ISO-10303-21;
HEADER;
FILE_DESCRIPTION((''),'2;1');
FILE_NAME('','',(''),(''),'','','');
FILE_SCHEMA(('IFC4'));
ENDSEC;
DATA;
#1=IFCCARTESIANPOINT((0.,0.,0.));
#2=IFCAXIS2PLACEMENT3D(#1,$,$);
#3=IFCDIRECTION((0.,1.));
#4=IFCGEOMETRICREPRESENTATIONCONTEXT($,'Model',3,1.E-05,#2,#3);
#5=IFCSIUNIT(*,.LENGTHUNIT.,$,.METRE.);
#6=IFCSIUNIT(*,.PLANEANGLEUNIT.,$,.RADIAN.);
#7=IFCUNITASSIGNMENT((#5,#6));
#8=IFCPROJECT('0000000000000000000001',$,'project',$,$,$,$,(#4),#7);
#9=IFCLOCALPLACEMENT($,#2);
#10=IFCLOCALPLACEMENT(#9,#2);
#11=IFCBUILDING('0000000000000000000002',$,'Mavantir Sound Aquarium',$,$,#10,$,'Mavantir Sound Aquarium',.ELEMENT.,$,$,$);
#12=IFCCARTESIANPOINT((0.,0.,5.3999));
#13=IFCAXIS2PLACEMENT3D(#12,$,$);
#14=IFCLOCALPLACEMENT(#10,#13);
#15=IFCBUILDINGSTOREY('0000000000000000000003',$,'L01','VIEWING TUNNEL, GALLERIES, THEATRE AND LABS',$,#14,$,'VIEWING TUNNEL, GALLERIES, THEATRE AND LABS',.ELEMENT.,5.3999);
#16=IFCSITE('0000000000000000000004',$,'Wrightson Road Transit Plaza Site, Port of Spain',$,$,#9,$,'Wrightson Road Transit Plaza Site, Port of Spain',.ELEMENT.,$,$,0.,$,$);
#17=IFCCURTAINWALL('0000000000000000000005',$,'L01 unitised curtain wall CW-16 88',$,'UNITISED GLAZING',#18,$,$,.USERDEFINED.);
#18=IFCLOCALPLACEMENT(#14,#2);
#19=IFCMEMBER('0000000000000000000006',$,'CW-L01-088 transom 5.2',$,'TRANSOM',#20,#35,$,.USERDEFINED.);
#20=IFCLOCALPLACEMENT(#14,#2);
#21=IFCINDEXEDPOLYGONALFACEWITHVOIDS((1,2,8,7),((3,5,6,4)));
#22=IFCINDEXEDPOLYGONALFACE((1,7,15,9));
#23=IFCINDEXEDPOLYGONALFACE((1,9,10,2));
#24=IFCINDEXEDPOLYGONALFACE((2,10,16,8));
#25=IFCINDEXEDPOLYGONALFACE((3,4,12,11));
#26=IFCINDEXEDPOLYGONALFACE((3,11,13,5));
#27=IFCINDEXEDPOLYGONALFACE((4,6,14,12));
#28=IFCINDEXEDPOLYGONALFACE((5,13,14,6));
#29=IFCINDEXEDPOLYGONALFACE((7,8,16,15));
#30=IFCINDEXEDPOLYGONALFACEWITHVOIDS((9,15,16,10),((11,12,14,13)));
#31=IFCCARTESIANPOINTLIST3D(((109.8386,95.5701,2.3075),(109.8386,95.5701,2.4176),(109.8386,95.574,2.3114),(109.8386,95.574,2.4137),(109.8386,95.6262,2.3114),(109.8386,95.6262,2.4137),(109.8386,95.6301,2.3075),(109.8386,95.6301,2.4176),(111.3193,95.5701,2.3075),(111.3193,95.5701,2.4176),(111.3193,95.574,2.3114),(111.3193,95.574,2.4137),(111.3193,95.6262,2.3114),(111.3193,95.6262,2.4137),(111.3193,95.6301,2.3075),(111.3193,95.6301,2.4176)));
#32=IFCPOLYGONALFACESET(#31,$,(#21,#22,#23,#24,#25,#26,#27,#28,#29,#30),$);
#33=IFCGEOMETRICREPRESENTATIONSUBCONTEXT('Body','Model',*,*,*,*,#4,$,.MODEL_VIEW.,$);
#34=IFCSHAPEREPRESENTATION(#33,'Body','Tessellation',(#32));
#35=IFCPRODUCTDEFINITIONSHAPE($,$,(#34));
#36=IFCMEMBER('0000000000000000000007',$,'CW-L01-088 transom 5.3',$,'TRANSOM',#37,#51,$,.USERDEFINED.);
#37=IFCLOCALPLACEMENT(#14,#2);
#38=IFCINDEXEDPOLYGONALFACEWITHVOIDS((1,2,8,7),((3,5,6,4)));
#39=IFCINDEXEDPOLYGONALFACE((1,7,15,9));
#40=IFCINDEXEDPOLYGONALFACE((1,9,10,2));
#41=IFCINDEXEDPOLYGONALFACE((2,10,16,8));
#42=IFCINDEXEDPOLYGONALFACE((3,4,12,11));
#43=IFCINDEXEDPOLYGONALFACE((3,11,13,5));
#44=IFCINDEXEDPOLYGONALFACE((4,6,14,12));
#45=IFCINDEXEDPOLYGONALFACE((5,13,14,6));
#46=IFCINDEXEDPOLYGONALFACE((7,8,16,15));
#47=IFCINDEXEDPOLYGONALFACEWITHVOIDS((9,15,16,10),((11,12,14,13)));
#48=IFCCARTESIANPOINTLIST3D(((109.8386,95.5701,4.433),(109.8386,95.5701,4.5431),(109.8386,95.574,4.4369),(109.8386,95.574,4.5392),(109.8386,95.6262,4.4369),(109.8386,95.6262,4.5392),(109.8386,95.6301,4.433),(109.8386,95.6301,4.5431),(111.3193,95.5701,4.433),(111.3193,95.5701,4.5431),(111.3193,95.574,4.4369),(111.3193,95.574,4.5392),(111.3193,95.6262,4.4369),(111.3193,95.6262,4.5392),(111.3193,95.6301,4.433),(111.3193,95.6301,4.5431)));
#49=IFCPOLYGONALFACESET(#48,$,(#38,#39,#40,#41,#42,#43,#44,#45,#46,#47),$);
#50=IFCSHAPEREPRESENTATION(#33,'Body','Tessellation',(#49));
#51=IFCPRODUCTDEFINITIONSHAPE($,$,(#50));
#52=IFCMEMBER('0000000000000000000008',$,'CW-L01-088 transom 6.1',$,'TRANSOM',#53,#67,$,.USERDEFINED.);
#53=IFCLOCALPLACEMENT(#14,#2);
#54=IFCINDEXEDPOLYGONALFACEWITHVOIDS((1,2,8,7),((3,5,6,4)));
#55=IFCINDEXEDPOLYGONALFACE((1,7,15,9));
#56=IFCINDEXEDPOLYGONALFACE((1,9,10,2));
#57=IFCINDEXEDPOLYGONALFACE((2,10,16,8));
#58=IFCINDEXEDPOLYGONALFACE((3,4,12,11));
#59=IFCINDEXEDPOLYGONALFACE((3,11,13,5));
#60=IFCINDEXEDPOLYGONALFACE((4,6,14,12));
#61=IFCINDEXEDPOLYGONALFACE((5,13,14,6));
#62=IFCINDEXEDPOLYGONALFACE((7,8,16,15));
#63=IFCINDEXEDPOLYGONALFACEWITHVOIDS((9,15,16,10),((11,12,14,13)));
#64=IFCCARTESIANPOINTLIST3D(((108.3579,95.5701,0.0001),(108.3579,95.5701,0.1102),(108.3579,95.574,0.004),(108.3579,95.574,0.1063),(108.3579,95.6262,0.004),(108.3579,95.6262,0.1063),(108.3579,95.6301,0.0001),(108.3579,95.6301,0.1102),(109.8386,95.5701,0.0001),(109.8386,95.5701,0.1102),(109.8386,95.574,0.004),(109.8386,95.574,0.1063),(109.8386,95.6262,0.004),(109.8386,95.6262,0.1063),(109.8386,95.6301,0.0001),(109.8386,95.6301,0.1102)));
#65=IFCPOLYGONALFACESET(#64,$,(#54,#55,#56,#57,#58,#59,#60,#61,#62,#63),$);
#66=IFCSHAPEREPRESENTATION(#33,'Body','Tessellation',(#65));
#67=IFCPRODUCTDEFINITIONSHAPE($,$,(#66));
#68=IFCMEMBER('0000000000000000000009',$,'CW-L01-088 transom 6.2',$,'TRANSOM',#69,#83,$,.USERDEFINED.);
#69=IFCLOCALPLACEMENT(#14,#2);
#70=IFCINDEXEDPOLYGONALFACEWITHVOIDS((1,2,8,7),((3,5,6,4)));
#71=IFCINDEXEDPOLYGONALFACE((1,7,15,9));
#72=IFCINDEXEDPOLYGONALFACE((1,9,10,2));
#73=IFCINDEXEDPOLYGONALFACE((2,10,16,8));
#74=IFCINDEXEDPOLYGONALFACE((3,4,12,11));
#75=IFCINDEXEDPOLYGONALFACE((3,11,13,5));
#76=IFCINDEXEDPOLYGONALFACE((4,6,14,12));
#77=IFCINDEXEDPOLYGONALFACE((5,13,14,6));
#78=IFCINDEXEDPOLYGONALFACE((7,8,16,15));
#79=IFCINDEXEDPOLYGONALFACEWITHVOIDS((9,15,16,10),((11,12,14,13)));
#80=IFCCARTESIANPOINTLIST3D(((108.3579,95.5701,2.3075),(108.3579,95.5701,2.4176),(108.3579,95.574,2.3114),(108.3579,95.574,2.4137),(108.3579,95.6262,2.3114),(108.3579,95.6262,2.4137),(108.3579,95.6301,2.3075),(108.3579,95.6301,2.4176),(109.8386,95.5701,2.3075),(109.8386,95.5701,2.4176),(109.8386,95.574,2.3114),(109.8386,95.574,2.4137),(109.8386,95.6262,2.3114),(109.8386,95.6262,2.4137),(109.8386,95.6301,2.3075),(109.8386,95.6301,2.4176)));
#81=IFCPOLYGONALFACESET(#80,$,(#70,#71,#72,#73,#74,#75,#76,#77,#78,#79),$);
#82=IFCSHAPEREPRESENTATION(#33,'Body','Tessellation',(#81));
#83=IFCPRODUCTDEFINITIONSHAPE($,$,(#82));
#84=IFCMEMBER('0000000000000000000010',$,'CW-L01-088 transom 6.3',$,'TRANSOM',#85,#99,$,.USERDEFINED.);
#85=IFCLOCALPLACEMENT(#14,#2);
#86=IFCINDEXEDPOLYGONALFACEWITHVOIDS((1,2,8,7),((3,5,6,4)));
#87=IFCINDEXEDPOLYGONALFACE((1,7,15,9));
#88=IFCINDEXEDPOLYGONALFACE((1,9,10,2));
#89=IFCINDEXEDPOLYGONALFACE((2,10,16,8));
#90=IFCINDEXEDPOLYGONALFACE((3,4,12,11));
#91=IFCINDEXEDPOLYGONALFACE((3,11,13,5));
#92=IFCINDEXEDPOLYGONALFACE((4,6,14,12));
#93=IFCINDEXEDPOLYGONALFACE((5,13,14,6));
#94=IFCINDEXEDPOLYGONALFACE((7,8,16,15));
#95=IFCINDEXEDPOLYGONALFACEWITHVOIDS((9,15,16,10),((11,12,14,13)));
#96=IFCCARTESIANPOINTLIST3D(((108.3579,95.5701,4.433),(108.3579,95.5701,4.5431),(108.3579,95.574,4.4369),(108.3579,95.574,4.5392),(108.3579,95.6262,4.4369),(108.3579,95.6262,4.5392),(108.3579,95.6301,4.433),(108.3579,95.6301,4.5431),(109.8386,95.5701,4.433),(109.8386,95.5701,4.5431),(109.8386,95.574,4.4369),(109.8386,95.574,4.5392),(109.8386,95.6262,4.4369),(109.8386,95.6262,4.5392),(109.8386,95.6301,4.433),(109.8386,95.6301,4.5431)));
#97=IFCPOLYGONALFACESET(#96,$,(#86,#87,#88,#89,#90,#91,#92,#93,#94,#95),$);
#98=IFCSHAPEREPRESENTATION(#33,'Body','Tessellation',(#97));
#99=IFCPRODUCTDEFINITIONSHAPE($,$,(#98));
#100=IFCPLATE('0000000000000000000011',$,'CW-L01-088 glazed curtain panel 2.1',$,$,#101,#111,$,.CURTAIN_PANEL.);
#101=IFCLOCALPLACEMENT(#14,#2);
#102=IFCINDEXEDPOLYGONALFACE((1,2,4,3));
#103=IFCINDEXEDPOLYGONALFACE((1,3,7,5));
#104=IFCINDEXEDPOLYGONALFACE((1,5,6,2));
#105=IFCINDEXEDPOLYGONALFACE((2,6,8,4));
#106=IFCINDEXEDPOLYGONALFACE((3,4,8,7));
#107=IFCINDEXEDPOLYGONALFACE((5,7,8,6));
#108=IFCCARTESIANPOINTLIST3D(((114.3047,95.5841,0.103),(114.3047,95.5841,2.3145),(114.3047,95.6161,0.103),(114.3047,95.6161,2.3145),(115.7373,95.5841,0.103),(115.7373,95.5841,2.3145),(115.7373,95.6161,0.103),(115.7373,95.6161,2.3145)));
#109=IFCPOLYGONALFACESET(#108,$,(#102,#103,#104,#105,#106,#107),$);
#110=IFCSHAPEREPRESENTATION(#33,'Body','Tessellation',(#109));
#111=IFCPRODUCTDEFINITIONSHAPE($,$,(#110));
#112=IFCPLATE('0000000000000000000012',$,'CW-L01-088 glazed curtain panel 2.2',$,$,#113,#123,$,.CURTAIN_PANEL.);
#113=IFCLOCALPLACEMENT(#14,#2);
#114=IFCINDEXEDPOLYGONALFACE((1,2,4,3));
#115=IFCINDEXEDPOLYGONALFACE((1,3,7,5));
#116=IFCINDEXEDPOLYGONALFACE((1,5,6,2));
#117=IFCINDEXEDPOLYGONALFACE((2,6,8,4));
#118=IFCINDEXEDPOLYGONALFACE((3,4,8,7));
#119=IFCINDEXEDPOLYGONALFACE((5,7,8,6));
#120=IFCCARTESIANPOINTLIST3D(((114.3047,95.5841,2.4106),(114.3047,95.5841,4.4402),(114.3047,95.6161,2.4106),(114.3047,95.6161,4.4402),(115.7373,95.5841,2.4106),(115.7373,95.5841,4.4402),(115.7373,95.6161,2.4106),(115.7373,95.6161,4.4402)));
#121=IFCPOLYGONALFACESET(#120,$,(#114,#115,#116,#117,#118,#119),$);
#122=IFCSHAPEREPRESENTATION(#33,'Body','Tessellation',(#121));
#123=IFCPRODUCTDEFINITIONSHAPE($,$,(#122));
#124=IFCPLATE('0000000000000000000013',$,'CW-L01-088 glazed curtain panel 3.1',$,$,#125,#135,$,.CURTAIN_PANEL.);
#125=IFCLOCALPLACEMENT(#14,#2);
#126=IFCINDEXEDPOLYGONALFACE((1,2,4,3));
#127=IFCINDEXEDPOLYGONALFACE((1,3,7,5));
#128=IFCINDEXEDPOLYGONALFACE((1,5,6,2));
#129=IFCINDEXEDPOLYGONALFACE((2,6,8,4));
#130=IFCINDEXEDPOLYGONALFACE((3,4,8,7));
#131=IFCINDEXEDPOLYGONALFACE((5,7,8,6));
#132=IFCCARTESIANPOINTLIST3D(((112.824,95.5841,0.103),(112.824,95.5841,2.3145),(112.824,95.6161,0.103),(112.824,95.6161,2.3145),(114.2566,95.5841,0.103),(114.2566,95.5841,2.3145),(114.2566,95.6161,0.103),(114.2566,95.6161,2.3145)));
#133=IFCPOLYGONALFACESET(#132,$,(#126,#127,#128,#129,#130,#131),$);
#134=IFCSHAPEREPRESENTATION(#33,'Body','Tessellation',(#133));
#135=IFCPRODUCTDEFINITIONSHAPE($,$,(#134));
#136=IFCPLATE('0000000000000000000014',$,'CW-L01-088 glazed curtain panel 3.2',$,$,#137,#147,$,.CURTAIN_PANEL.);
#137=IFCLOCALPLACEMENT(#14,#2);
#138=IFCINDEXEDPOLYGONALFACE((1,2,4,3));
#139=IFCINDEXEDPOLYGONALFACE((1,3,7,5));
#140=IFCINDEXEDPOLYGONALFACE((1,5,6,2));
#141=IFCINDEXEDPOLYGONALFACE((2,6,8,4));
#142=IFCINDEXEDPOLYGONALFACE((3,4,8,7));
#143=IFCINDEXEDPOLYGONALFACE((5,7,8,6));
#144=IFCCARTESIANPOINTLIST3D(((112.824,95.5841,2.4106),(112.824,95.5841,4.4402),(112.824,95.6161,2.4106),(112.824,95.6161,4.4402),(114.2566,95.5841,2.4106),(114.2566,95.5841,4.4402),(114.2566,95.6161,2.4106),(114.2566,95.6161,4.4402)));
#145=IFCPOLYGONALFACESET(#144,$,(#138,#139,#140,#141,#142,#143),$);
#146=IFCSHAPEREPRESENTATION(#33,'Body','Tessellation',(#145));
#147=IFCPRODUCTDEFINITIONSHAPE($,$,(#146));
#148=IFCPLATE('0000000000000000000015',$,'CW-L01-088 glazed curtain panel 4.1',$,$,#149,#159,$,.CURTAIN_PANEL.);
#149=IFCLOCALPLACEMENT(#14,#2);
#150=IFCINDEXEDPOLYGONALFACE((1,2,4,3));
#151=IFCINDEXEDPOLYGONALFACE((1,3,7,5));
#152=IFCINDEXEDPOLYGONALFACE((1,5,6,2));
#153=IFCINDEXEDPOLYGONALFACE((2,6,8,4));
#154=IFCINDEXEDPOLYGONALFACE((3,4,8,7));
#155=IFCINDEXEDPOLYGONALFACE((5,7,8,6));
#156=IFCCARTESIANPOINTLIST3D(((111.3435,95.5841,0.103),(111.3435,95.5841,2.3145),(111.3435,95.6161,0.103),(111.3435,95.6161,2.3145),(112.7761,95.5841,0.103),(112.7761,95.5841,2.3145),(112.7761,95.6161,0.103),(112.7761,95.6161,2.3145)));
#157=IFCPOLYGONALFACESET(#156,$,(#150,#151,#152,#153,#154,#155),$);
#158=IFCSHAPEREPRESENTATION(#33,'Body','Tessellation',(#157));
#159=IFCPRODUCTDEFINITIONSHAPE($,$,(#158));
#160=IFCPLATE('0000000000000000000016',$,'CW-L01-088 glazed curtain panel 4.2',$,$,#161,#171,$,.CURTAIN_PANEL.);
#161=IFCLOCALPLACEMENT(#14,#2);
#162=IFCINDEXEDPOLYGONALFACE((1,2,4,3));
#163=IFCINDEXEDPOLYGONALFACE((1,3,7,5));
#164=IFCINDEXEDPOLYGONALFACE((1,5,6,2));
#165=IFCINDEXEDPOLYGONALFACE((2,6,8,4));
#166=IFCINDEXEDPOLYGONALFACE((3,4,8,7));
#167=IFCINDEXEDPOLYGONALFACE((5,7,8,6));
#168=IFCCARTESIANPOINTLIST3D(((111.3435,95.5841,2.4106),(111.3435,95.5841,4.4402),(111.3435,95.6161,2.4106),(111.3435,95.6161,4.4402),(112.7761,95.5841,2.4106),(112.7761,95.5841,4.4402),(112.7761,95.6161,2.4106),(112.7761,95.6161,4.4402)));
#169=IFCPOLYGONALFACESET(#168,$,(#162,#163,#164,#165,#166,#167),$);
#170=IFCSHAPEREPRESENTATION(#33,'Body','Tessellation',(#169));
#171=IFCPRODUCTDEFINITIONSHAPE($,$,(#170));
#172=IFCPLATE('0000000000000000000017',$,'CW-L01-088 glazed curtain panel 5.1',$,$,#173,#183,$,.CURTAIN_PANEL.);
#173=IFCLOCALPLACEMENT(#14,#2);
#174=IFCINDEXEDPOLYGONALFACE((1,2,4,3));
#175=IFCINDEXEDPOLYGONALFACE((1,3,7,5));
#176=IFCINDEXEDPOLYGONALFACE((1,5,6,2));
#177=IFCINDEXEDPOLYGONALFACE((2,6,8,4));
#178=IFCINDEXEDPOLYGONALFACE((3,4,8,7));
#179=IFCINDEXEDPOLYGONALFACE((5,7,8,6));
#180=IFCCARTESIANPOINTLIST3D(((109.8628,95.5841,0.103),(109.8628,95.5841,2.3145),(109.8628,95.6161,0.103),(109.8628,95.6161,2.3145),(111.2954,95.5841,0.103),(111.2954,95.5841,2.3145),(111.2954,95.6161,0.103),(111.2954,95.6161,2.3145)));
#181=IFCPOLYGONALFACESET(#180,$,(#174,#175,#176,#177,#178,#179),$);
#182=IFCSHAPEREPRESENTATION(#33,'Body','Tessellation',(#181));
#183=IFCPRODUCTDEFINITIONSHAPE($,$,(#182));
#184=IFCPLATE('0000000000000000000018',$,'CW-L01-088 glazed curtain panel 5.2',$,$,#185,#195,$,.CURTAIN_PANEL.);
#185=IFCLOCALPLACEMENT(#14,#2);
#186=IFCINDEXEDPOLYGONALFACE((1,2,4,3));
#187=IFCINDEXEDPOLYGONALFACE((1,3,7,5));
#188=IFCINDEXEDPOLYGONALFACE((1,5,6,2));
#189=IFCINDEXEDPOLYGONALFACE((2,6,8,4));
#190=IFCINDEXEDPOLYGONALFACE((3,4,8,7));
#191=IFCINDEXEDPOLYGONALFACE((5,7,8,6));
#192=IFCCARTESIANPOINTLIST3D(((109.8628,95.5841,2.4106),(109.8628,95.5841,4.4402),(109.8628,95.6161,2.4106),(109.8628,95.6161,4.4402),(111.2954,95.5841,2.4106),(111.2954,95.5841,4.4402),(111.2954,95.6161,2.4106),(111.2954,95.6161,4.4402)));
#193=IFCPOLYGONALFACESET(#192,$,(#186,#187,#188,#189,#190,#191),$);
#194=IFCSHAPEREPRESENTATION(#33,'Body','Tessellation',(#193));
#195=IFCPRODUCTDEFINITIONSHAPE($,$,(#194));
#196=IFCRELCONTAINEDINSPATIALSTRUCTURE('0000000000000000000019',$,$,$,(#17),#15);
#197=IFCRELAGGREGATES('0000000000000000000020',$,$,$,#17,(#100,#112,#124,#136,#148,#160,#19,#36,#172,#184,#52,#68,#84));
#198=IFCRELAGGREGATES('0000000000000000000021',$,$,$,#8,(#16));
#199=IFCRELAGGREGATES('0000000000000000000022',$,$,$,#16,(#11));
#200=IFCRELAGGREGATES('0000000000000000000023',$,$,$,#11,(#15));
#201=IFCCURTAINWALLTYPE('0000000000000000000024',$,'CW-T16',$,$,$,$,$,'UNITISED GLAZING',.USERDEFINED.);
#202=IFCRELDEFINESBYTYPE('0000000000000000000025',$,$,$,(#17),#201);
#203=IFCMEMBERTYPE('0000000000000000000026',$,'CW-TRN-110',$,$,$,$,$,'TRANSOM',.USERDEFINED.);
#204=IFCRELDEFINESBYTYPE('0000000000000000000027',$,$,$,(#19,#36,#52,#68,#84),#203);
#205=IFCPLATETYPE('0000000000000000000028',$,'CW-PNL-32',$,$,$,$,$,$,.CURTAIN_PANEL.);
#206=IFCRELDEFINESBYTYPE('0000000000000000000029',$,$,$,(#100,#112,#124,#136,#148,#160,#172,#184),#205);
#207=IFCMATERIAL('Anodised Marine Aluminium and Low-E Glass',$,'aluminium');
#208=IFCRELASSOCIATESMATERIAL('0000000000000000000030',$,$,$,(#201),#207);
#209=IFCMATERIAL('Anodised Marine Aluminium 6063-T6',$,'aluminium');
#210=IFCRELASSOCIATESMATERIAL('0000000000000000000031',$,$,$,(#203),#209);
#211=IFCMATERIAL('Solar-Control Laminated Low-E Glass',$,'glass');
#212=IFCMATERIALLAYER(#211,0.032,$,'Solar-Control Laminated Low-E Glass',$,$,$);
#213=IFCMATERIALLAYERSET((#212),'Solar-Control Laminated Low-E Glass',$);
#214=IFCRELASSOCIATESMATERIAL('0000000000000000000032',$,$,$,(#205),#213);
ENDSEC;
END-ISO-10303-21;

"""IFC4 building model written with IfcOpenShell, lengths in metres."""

from ifc_helpers import new_model, si_unit, direction, frame, origin, origin_2d, place, context, subcontext, project, spatial, rectangle, hollow_rectangle, extrude, material, layer, layer_set, material_profile, profile_set, type_object, element, aggregate, save


model = new_model("IFC4")

# Units and contexts
model_context = context("Model", 3, precision=1e-05, world=origin(), true_north=direction((0.0, 1.0)))
body_context = subcontext(model_context, "Body", "Model", "MODEL_VIEW")
ifc_project = project(units=[si_unit("LENGTHUNIT", "METRE"), si_unit("PLANEANGLEUNIT", "RADIAN")], contexts=[model_context])

# Site, building, storey
site_placement = place(None, origin())
site = spatial("IfcSite", under=ifc_project, at=site_placement, Name="Wrightson Road Transit Plaza Site, Port of Spain", LongName="Wrightson Road Transit Plaza Site, Port of Spain", CompositionType="ELEMENT", RefElevation=0.0)
building_placement = place(site_placement, origin())
building = spatial("IfcBuilding", under=site, at=building_placement, Name="Mavantir Sound Aquarium", LongName="Mavantir Sound Aquarium", CompositionType="ELEMENT")
storey_placement = place(building_placement, frame((0.0, 0.0, 5.3999)))
storey = spatial("IfcBuildingStorey", under=building, at=storey_placement, Name="L01", Description="VIEWING TUNNEL, GALLERIES, THEATRE AND LABS", LongName="VIEWING TUNNEL, GALLERIES, THEATRE AND LABS", CompositionType="ELEMENT", Elevation=5.3999)

# Curtain wall, members, plates
ifc_material_1 = material(Name="Anodised Marine Aluminium and Low-E Glass", Category="aluminium")
curtain_wall_type = type_object("IfcCurtainWallType", Name="CW-T16", ElementType="UNITISED GLAZING", PredefinedType="USERDEFINED", material=ifc_material_1)
curtain_wall_placement = place(storey_placement, origin())
curtain_wall = element("IfcCurtainWall", 1, at=curtain_wall_placement, inside=storey, type_object=curtain_wall_type, Name="L01 unitised curtain wall CW-16 88", ObjectType="UNITISED GLAZING", PredefinedType="USERDEFINED")
ifc_material_2 = material(Name="Anodised Marine Aluminium 6063-T6", Category="aluminium")
ifc_material_profile_1 = material_profile(ifc_material_2, hollow_rectangle(XDim=0.0601, YDim=0.1101, WallThickness=0.0039, at=origin_2d()), Name="ALU-TRANSOM-110X60")
ifc_profile_set_1 = profile_set([ifc_material_profile_1], Name="Anodised Marine Aluminium 6063-T6")
member_type_1 = type_object("IfcMemberType", Name="CW-TRN-110", ElementType="TRANSOM", PredefinedType="USERDEFINED", material=ifc_profile_set_1)
member_1_placement = place(storey_placement, frame((111.3193, 95.6001, 2.3625), z_axis=(-1.0, 0.0, 0.0), x_axis=(0.0, -1.0, 0.0)))
member_1 = element("IfcMember", 2, at=member_1_placement, type_object=member_type_1, Name="CW-L01-088 transom 5.2", ObjectType="TRANSOM", PredefinedType="USERDEFINED", context=body_context, shape_type="SweptSolid", body=[
    extrude(hollow_rectangle(XDim=0.0601, YDim=0.1101, WallThickness=0.0039, at=origin_2d()), origin(), (0.0, 0.0, 1.0), 1.4807),
])
member_2_placement = place(storey_placement, frame((111.3193, 95.6001, 4.488), z_axis=(-1.0, 0.0, 0.0), x_axis=(0.0, -1.0, 0.0)))
member_2 = element("IfcMember", 3, at=member_2_placement, type_object=member_type_1, Name="CW-L01-088 transom 5.3", ObjectType="TRANSOM", PredefinedType="USERDEFINED", context=body_context, shape_type="SweptSolid", body=[
    extrude(hollow_rectangle(XDim=0.0601, YDim=0.1101, WallThickness=0.0039, at=origin_2d()), origin(), (0.0, 0.0, 1.0), 1.4807),
])
member_3_placement = place(storey_placement, frame((109.8386, 95.6001, 0.0552), z_axis=(-1.0, 0.0, 0.0), x_axis=(0.0, -1.0, 0.0)))
member_3 = element("IfcMember", 4, at=member_3_placement, type_object=member_type_1, Name="CW-L01-088 transom 6.1", ObjectType="TRANSOM", PredefinedType="USERDEFINED", context=body_context, shape_type="SweptSolid", body=[
    extrude(hollow_rectangle(XDim=0.0601, YDim=0.1101, WallThickness=0.0039, at=origin_2d()), origin(), (0.0, 0.0, 1.0), 1.4807),
])
member_4_placement = place(storey_placement, frame((109.8386, 95.6001, 2.3625), z_axis=(-1.0, 0.0, 0.0), x_axis=(0.0, -1.0, 0.0)))
member_4 = element("IfcMember", 5, at=member_4_placement, type_object=member_type_1, Name="CW-L01-088 transom 6.2", ObjectType="TRANSOM", PredefinedType="USERDEFINED", context=body_context, shape_type="SweptSolid", body=[
    extrude(hollow_rectangle(XDim=0.0601, YDim=0.1101, WallThickness=0.0039, at=origin_2d()), origin(), (0.0, 0.0, 1.0), 1.4807),
])
member_5_placement = place(storey_placement, frame((109.8386, 95.6001, 4.488), z_axis=(-1.0, 0.0, 0.0), x_axis=(0.0, -1.0, 0.0)))
member_5 = element("IfcMember", 6, at=member_5_placement, type_object=member_type_1, Name="CW-L01-088 transom 6.3", ObjectType="TRANSOM", PredefinedType="USERDEFINED", context=body_context, shape_type="SweptSolid", body=[
    extrude(hollow_rectangle(XDim=0.0601, YDim=0.1101, WallThickness=0.0039, at=origin_2d()), origin(), (0.0, 0.0, 1.0), 1.4807),
])
ifc_material_3 = material(Name="Solar-Control Laminated Low-E Glass", Category="glass")
ifc_layer = layer(ifc_material_3, 0.032, Name="Solar-Control Laminated Low-E Glass")
ifc_layer_set = layer_set([ifc_layer], Name="Solar-Control Laminated Low-E Glass")
plate_type = type_object("IfcPlateType", Name="CW-PNL-32", PredefinedType="CURTAIN_PANEL", material=ifc_layer_set)
plate_1_placement = place(storey_placement, frame((115.021, 95.6001, 0.103), z_axis=(0.0, 0.0, 1.0), x_axis=(-1.0, 0.0, 0.0)))
plate_1 = element("IfcPlate", 7, at=plate_1_placement, type_object=plate_type, Name="CW-L01-088 glazed curtain panel 2.1", PredefinedType="CURTAIN_PANEL", context=body_context, shape_type="SweptSolid", body=[
    extrude(rectangle(XDim=1.4326, YDim=0.032, at=origin_2d()), origin(), (0.0, 0.0, 1.0), 2.2114),
])
plate_2_placement = place(storey_placement, frame((115.021, 95.6001, 2.4106), z_axis=(0.0, 0.0, 1.0), x_axis=(-1.0, 0.0, 0.0)))
plate_2 = element("IfcPlate", 8, at=plate_2_placement, type_object=plate_type, Name="CW-L01-088 glazed curtain panel 2.2", PredefinedType="CURTAIN_PANEL", context=body_context, shape_type="SweptSolid", body=[
    extrude(rectangle(XDim=1.4326, YDim=0.032, at=origin_2d()), origin(), (0.0, 0.0, 1.0), 2.0295),
])
plate_3_placement = place(storey_placement, frame((113.5403, 95.6001, 0.103), z_axis=(0.0, 0.0, 1.0), x_axis=(-1.0, 0.0, 0.0)))
plate_3 = element("IfcPlate", 9, at=plate_3_placement, type_object=plate_type, Name="CW-L01-088 glazed curtain panel 3.1", PredefinedType="CURTAIN_PANEL", context=body_context, shape_type="SweptSolid", body=[
    extrude(rectangle(XDim=1.4326, YDim=0.032, at=origin_2d()), origin(), (0.0, 0.0, 1.0), 2.2114),
])
plate_4_placement = place(storey_placement, frame((113.5403, 95.6001, 2.4106), z_axis=(0.0, 0.0, 1.0), x_axis=(-1.0, 0.0, 0.0)))
plate_4 = element("IfcPlate", 10, at=plate_4_placement, type_object=plate_type, Name="CW-L01-088 glazed curtain panel 3.2", PredefinedType="CURTAIN_PANEL", context=body_context, shape_type="SweptSolid", body=[
    extrude(rectangle(XDim=1.4326, YDim=0.032, at=origin_2d()), origin(), (0.0, 0.0, 1.0), 2.0295),
])
plate_5_placement = place(storey_placement, frame((112.0598, 95.6001, 0.103), z_axis=(0.0, 0.0, 1.0), x_axis=(-1.0, 0.0, 0.0)))
plate_5 = element("IfcPlate", 11, at=plate_5_placement, type_object=plate_type, Name="CW-L01-088 glazed curtain panel 4.1", PredefinedType="CURTAIN_PANEL", context=body_context, shape_type="SweptSolid", body=[
    extrude(rectangle(XDim=1.4326, YDim=0.032, at=origin_2d()), origin(), (0.0, 0.0, 1.0), 2.2114),
])
plate_6_placement = place(storey_placement, frame((112.0598, 95.6001, 2.4106), z_axis=(0.0, 0.0, 1.0), x_axis=(-1.0, 0.0, 0.0)))
plate_6 = element("IfcPlate", 12, at=plate_6_placement, type_object=plate_type, Name="CW-L01-088 glazed curtain panel 4.2", PredefinedType="CURTAIN_PANEL", context=body_context, shape_type="SweptSolid", body=[
    extrude(rectangle(XDim=1.4326, YDim=0.032, at=origin_2d()), origin(), (0.0, 0.0, 1.0), 2.0295),
])
plate_7_placement = place(storey_placement, frame((110.5791, 95.6001, 0.103), z_axis=(0.0, 0.0, 1.0), x_axis=(-1.0, 0.0, 0.0)))
plate_7 = element("IfcPlate", 13, at=plate_7_placement, type_object=plate_type, Name="CW-L01-088 glazed curtain panel 5.1", PredefinedType="CURTAIN_PANEL", context=body_context, shape_type="SweptSolid", body=[
    extrude(rectangle(XDim=1.4326, YDim=0.032, at=origin_2d()), origin(), (0.0, 0.0, 1.0), 2.2114),
])
plate_8_placement = place(storey_placement, frame((110.5791, 95.6001, 2.4106), z_axis=(0.0, 0.0, 1.0), x_axis=(-1.0, 0.0, 0.0)))
plate_8 = element("IfcPlate", 14, at=plate_8_placement, type_object=plate_type, Name="CW-L01-088 glazed curtain panel 5.2", PredefinedType="CURTAIN_PANEL", context=body_context, shape_type="SweptSolid", body=[
    extrude(rectangle(XDim=1.4326, YDim=0.032, at=origin_2d()), origin(), (0.0, 0.0, 1.0), 2.0295),
])
aggregate(curtain_wall, [plate_1, plate_2, plate_3, plate_4, plate_5, plate_6, member_1, member_2, plate_7, plate_8, member_3, member_4, member_5])

save(model, "model.ifc")
